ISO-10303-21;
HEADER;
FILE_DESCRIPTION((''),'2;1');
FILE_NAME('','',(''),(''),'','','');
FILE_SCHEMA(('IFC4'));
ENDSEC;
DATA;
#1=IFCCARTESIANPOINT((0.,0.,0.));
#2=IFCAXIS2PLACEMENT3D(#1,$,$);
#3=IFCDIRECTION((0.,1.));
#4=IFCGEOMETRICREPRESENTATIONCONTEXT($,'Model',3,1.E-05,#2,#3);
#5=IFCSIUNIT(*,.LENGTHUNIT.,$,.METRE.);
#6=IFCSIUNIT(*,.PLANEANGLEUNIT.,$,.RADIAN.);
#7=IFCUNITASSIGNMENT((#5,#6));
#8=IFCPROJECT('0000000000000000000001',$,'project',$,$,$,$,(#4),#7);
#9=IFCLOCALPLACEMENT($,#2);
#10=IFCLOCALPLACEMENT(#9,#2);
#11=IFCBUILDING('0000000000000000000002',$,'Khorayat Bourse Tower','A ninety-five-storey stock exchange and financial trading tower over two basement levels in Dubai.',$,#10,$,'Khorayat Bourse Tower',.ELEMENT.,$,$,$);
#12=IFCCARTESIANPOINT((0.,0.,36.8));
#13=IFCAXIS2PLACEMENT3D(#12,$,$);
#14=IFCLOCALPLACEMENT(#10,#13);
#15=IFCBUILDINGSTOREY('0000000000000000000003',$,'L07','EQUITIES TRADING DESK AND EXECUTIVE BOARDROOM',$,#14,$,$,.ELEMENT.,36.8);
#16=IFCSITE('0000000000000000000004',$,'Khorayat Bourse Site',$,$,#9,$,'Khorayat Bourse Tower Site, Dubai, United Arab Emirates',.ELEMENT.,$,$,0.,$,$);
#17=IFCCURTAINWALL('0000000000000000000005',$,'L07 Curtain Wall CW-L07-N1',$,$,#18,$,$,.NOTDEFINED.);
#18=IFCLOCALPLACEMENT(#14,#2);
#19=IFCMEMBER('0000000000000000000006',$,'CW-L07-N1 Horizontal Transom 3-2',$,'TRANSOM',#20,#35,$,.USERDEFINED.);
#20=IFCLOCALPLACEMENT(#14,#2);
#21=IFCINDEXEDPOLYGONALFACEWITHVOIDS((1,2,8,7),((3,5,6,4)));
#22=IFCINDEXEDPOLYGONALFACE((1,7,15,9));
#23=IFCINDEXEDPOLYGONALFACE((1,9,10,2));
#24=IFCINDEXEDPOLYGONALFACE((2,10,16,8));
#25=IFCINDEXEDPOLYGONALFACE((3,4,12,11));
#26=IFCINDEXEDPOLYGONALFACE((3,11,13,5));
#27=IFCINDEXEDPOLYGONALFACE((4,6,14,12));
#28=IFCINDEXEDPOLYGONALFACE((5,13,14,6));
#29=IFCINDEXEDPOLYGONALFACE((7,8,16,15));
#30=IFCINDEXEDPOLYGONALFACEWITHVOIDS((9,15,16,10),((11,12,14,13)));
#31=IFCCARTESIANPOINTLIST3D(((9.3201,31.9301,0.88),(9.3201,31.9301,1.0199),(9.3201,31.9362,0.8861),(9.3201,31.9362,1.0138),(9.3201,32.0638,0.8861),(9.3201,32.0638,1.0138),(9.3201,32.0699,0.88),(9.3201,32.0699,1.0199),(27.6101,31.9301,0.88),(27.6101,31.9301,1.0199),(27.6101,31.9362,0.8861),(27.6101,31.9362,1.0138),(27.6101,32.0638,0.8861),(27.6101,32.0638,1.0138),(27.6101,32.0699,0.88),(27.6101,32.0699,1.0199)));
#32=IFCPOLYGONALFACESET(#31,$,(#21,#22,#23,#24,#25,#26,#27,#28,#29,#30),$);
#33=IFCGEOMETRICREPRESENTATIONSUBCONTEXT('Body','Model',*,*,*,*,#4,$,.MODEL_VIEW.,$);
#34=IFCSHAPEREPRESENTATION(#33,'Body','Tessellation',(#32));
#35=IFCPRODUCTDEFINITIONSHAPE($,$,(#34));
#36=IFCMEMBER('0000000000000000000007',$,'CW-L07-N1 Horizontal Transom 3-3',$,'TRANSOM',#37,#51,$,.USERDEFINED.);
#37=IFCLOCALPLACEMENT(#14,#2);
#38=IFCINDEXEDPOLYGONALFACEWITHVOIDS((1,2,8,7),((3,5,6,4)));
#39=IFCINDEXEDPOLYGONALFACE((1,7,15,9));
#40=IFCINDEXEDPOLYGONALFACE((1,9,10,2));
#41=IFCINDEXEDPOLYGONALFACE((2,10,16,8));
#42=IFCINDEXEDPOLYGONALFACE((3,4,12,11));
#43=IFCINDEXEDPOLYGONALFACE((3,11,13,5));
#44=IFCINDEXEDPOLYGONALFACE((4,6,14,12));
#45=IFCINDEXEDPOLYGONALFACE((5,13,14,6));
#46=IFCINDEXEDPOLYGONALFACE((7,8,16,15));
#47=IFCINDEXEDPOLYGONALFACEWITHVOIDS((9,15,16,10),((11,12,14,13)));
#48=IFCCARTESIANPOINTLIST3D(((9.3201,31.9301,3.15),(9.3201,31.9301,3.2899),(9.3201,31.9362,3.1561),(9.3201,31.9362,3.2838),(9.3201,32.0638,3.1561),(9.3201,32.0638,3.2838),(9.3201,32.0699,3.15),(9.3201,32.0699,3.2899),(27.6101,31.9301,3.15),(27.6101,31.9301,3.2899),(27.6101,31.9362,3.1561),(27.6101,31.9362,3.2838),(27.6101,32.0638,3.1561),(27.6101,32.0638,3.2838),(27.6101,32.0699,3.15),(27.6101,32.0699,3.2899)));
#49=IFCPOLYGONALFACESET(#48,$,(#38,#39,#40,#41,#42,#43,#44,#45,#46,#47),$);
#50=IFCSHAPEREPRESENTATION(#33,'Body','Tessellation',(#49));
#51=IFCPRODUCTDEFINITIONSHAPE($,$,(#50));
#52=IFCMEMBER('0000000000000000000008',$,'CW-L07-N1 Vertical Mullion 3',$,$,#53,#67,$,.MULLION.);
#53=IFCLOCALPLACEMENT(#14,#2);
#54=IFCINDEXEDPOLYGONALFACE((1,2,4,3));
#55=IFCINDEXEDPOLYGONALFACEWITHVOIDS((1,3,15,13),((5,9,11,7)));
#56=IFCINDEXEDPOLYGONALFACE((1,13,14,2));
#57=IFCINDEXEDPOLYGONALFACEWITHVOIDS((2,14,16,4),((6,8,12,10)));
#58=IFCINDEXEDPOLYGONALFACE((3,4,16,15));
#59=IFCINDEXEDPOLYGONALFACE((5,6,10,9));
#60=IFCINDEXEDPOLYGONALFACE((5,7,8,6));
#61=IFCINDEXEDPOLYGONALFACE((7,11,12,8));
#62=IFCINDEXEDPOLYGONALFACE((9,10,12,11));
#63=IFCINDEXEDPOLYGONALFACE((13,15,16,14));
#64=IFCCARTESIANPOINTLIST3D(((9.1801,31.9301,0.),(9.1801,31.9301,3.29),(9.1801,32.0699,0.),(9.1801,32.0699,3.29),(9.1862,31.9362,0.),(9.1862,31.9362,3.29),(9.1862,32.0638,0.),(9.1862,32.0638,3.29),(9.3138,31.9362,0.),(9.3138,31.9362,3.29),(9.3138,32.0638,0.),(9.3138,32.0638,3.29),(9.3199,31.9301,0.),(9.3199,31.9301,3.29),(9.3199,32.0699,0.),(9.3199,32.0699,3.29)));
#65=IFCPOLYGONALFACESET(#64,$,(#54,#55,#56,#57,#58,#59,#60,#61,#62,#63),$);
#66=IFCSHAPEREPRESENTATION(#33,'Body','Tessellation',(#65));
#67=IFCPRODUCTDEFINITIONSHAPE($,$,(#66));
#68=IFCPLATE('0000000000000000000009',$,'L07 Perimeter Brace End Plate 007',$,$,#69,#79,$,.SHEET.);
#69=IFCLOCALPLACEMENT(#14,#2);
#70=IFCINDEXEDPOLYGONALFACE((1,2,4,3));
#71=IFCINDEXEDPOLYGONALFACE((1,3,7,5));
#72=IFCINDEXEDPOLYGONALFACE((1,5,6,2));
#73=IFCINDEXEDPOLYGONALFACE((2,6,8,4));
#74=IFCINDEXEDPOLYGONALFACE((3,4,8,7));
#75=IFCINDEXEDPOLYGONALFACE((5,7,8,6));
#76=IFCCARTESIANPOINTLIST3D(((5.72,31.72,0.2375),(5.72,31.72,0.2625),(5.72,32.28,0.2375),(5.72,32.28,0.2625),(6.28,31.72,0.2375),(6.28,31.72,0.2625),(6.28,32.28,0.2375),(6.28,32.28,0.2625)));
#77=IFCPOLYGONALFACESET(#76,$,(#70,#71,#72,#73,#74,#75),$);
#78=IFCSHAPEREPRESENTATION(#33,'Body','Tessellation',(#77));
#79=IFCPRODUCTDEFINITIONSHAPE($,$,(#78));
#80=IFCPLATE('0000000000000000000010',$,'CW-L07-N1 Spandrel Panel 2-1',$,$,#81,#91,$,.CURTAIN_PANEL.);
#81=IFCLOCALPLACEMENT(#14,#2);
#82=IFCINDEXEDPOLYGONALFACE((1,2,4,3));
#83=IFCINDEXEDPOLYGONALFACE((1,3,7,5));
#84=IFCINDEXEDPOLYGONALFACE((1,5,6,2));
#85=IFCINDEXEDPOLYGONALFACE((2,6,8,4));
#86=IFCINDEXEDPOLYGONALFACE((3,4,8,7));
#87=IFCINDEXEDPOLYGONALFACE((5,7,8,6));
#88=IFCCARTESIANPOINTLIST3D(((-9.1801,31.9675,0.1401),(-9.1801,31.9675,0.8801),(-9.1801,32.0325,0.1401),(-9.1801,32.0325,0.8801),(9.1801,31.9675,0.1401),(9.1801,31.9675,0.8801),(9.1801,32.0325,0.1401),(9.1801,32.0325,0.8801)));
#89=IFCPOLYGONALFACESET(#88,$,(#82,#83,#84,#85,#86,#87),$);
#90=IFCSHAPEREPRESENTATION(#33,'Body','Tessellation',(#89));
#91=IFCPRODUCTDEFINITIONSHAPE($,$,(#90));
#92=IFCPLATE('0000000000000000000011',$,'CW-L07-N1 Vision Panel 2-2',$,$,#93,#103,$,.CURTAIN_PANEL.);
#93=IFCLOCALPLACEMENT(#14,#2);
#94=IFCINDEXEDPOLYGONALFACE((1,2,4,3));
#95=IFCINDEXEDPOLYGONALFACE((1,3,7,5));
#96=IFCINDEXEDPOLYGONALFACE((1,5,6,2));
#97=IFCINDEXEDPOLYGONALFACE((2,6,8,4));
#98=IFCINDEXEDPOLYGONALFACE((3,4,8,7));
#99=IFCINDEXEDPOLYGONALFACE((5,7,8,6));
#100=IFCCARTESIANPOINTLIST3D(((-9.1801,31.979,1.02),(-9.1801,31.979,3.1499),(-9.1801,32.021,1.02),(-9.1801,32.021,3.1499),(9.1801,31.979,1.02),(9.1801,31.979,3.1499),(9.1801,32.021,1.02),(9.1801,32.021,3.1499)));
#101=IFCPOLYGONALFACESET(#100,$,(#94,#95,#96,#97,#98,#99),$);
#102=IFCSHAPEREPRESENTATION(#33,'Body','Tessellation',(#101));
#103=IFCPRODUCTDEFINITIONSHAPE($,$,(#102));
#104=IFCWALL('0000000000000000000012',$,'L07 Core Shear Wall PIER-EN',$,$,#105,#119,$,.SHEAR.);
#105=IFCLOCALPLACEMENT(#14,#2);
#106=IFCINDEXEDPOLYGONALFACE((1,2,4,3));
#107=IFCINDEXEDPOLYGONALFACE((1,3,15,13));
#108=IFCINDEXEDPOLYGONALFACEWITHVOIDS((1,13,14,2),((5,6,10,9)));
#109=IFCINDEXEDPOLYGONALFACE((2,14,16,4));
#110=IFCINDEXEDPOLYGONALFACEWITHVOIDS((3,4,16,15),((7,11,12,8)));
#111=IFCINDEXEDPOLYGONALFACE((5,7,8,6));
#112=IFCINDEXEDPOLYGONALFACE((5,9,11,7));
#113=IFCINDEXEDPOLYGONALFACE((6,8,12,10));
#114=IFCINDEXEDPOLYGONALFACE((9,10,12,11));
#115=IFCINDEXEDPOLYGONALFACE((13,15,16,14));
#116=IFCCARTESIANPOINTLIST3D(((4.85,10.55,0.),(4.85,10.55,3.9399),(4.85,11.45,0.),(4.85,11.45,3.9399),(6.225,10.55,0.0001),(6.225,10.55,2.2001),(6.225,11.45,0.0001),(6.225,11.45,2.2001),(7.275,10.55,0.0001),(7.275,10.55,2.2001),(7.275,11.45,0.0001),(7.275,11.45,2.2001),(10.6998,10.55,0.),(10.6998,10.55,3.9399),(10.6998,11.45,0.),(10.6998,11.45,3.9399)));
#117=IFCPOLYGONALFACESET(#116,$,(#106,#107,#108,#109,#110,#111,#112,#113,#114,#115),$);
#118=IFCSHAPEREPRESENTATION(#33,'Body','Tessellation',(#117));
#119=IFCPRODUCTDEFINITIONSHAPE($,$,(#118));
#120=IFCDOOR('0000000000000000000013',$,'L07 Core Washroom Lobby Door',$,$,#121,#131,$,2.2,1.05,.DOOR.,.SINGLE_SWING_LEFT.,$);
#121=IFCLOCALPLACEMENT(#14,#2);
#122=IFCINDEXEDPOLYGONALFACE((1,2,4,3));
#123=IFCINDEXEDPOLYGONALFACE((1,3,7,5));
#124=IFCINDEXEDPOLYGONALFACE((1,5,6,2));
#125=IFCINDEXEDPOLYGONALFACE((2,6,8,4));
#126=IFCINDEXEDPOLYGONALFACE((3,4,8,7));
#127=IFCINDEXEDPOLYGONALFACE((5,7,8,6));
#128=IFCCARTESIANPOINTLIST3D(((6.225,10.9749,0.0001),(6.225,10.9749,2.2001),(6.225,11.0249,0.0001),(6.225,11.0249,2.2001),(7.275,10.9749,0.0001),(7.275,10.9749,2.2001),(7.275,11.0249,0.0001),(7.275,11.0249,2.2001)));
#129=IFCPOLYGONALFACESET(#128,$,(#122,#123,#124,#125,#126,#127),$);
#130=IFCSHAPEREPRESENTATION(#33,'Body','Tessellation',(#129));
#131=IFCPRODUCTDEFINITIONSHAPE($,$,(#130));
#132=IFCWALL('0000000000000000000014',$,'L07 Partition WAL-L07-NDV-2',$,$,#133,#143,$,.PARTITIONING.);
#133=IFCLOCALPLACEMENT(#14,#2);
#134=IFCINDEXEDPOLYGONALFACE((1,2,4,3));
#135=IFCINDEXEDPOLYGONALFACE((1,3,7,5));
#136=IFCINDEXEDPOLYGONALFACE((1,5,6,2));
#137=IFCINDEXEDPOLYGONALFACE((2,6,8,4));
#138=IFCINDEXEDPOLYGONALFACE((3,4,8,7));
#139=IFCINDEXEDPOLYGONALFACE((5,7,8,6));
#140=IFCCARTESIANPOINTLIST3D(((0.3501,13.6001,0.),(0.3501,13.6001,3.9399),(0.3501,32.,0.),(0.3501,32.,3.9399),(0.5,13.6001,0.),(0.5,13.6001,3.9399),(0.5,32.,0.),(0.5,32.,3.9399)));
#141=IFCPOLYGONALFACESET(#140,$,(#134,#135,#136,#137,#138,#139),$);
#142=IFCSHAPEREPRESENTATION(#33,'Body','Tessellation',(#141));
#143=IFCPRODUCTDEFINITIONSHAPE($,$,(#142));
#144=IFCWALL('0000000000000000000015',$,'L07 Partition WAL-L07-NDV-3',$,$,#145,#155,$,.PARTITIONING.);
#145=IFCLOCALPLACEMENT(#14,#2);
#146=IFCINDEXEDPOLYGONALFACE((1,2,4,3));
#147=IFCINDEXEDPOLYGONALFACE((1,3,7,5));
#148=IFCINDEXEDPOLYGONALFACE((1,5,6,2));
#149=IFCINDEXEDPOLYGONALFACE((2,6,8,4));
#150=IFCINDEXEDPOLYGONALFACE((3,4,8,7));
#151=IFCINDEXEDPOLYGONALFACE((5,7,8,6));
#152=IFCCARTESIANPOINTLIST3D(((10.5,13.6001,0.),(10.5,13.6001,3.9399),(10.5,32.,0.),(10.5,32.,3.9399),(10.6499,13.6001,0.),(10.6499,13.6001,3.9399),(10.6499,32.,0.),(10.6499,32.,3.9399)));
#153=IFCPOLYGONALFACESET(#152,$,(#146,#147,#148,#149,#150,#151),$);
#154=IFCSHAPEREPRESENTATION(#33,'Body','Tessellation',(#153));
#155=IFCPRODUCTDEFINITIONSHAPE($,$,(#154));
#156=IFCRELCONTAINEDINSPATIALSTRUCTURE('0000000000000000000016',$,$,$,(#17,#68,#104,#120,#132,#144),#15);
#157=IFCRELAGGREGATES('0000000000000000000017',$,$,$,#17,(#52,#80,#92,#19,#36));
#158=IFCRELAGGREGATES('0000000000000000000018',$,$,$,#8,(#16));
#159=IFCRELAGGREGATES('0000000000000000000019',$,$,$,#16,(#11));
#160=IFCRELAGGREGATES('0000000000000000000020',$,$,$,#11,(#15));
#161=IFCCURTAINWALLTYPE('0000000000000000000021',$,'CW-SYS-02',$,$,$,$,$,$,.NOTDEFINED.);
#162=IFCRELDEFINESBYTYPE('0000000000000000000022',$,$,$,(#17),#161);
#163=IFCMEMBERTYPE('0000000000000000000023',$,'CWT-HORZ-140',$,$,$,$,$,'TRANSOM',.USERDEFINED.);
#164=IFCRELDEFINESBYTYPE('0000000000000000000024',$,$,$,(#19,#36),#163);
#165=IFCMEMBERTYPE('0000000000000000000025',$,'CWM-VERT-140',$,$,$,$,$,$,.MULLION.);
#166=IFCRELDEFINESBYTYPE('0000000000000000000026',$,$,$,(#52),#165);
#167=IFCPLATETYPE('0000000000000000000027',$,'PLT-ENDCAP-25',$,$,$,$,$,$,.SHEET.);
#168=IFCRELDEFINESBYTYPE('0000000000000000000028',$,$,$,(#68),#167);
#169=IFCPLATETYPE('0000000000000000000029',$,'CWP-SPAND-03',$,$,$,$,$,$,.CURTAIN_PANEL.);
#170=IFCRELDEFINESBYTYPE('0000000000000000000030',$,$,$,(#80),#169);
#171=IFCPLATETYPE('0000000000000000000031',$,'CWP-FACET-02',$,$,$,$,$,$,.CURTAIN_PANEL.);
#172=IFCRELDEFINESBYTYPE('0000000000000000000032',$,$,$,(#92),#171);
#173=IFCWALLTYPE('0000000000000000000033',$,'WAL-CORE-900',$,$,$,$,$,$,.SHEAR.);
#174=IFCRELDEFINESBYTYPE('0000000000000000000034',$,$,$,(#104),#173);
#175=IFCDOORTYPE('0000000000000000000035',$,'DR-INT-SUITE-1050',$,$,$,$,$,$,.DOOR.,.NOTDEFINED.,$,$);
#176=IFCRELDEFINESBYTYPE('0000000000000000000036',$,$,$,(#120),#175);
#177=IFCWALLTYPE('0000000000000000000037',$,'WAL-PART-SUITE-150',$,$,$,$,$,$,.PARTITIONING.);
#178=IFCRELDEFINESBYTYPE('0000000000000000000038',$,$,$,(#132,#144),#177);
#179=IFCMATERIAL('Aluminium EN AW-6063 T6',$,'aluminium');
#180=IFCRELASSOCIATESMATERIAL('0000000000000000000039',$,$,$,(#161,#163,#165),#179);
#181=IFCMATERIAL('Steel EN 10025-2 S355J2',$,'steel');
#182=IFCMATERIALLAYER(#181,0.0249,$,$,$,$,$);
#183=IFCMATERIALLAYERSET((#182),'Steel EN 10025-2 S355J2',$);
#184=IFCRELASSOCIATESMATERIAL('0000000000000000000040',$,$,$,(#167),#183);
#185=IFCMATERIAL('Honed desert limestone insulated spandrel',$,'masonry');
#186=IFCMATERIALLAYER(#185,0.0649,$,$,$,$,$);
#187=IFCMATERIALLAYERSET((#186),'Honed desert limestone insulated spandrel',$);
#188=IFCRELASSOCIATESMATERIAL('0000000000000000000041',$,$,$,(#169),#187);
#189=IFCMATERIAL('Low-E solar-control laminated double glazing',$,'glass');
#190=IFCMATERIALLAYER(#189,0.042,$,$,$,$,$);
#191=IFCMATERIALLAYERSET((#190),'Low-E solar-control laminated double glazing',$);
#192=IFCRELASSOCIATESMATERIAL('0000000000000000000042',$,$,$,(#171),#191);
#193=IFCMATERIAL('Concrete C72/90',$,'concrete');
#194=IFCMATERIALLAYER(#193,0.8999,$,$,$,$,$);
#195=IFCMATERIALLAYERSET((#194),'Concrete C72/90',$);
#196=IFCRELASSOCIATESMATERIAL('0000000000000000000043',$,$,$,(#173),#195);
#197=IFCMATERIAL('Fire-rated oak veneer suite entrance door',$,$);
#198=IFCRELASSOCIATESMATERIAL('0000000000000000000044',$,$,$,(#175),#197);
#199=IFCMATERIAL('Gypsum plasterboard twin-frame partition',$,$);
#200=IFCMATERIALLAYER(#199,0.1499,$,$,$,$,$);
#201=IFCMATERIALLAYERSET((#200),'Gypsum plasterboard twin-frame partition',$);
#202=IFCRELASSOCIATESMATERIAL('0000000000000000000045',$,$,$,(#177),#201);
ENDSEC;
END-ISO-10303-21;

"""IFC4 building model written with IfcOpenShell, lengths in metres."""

from ifc_helpers import new_model, si_unit, direction, frame, frame_2d, origin, origin_2d, place, context, subcontext, project, spatial, rectangle, hollow_rectangle, extrude, source, transform, mapped, material, layer, layer_set, material_profile, profile_set, type_object, element, fill, aggregate, save


model = new_model("IFC4")

# Units and contexts
model_context = context("Model", 3, precision=1e-05, world=origin(), true_north=direction((0.0, 1.0)))
body_context = subcontext(model_context, "Body", "Model", "MODEL_VIEW")
ifc_project = project(units=[si_unit("LENGTHUNIT", "METRE"), si_unit("PLANEANGLEUNIT", "RADIAN")], contexts=[model_context])

# Site, building, storey
site_placement = place(None, origin())
site = spatial("IfcSite", under=ifc_project, at=site_placement, Name="Khorayat Bourse Site", LongName="Khorayat Bourse Tower Site, Dubai, United Arab Emirates", CompositionType="ELEMENT", RefElevation=0.0)
building_placement = place(site_placement, origin())
building = spatial("IfcBuilding", under=site, at=building_placement, Name="Khorayat Bourse Tower", Description="A ninety-five-storey stock exchange and financial trading tower over two basement levels in Dubai.", LongName="Khorayat Bourse Tower", CompositionType="ELEMENT")
storey_placement = place(building_placement, frame((0.0, 0.0, 36.8)))
storey = spatial("IfcBuildingStorey", under=building, at=storey_placement, Name="L07", Description="EQUITIES TRADING DESK AND EXECUTIVE BOARDROOM", CompositionType="ELEMENT", Elevation=36.8)

# Shared definitions
ifc_material_1 = material(Name="Concrete C72/90", Category="concrete")

# Curtain wall, members
ifc_material_2 = material(Name="Aluminium EN AW-6063 T6", Category="aluminium")
curtain_wall_type = type_object("IfcCurtainWallType", Name="CW-SYS-02", PredefinedType="NOTDEFINED", material=ifc_material_2)
curtain_wall_placement = place(storey_placement, origin())
curtain_wall = element("IfcCurtainWall", 1, at=curtain_wall_placement, inside=storey, type_object=curtain_wall_type, Name="L07 Curtain Wall CW-L07-N1", PredefinedType="NOTDEFINED")
ifc_material_profile_1 = material_profile(ifc_material_2, hollow_rectangle(XDim=0.1399, YDim=0.1399, WallThickness=0.0061, at=origin_2d()), Name="ALU 140x140x6")
ifc_profile_set_1 = profile_set([ifc_material_profile_1], Name="Aluminium EN AW-6063 T6")
member_type_1 = type_object("IfcMemberType", Name="CWT-HORZ-140", ElementType="TRANSOM", PredefinedType="USERDEFINED", material=ifc_profile_set_1)
shared_shape_1 = source(origin(), body_context, "Body", "SweptSolid", [
    extrude(hollow_rectangle(XDim=0.1399, YDim=0.1399, WallThickness=0.0061, at=origin_2d()), origin(), (0.0, 0.0, 1.0), 18.29),
])
member_1_placement = place(storey_placement, frame((9.3201, 32.0, 0.95), z_axis=(1.0, 0.0, 0.0), x_axis=(0.0, 1.0, 0.0)))
member_1 = element("IfcMember", 2, at=member_1_placement, type_object=member_type_1, Name="CW-L07-N1 Horizontal Transom 3-2", ObjectType="TRANSOM", PredefinedType="USERDEFINED", context=body_context, shape_type="MappedRepresentation", body=[
    mapped(shared_shape_1, transform((0.0, 0.0, 0.0), scale=1.0)),
])
member_2_placement = place(storey_placement, frame((9.3201, 32.0, 3.22), z_axis=(1.0, 0.0, 0.0), x_axis=(0.0, 1.0, 0.0)))
member_2 = element("IfcMember", 3, at=member_2_placement, type_object=member_type_1, Name="CW-L07-N1 Horizontal Transom 3-3", ObjectType="TRANSOM", PredefinedType="USERDEFINED", context=body_context, shape_type="MappedRepresentation", body=[
    mapped(shared_shape_1, transform((0.0, 0.0, 0.0), scale=1.0)),
])
ifc_material_profile_2 = material_profile(ifc_material_2, hollow_rectangle(XDim=0.1399, YDim=0.1399, WallThickness=0.0061, at=origin_2d()), Name="ALU 140x140x6")
ifc_profile_set_2 = profile_set([ifc_material_profile_2], Name="Aluminium EN AW-6063 T6")
member_type_2 = type_object("IfcMemberType", Name="CWM-VERT-140", PredefinedType="MULLION", material=ifc_profile_set_2)
shared_shape_2 = source(origin(), body_context, "Body", "SweptSolid", [
    extrude(hollow_rectangle(XDim=0.1399, YDim=0.1399, WallThickness=0.0061, at=origin_2d()), origin(), (0.0, 0.0, 1.0), 3.29),
])
member_3_placement = place(storey_placement, frame((9.25, 32.0, 0.0), z_axis=(0.0, 0.0, 1.0), x_axis=(0.0, 1.0, 0.0)))
member_3 = element("IfcMember", 4, at=member_3_placement, type_object=member_type_2, Name="CW-L07-N1 Vertical Mullion 3", PredefinedType="MULLION", context=body_context, shape_type="MappedRepresentation", body=[
    mapped(shared_shape_2, transform((0.0, 0.0, 0.0), scale=1.0)),
])

# Plates
ifc_material_3 = material(Name="Steel EN 10025-2 S355J2", Category="steel")
ifc_layer_1 = layer(ifc_material_3, 0.0249)
ifc_layer_set_1 = layer_set([ifc_layer_1], Name="Steel EN 10025-2 S355J2")
plate_type_1 = type_object("IfcPlateType", Name="PLT-ENDCAP-25", PredefinedType="SHEET", material=ifc_layer_set_1)
shared_shape_3 = source(origin(), body_context, "Body", "SweptSolid", [
    extrude(rectangle(XDim=0.5601, YDim=0.5601, at=origin_2d()), origin(), (0.0, 0.0, 1.0), 0.0249),
])
plate_1_placement = place(storey_placement, frame((6.0, 32.0, 0.2375), z_axis=(0.0, 0.0, 1.0), x_axis=(1.0, 0.0, 0.0)))
element("IfcPlate", 5, at=plate_1_placement, inside=storey, type_object=plate_type_1, Name="L07 Perimeter Brace End Plate 007", PredefinedType="SHEET", context=body_context, shape_type="MappedRepresentation", body=[
    mapped(shared_shape_3, transform((0.0, 0.0, 0.0), scale=1.0)),
])
ifc_material_4 = material(Name="Honed desert limestone insulated spandrel", Category="masonry")
ifc_layer_2 = layer(ifc_material_4, 0.0649)
ifc_layer_set_2 = layer_set([ifc_layer_2], Name="Honed desert limestone insulated spandrel")
plate_type_2 = type_object("IfcPlateType", Name="CWP-SPAND-03", PredefinedType="CURTAIN_PANEL", material=ifc_layer_set_2)
shared_shape_4 = source(origin(), body_context, "Body", "SweptSolid", [
    extrude(rectangle(XDim=18.3601, YDim=0.0649, at=origin_2d()), origin(), (0.0, 0.0, 1.0), 0.74),
])
plate_2_placement = place(storey_placement, frame((0.0, 32.0, 0.1401), z_axis=(0.0, 0.0, 1.0), x_axis=(1.0, 0.0, 0.0)))
plate_2 = element("IfcPlate", 6, at=plate_2_placement, type_object=plate_type_2, Name="CW-L07-N1 Spandrel Panel 2-1", PredefinedType="CURTAIN_PANEL", context=body_context, shape_type="MappedRepresentation", body=[
    mapped(shared_shape_4, transform((0.0, 0.0, 0.0), scale=1.0)),
])
ifc_material_5 = material(Name="Low-E solar-control laminated double glazing", Category="glass")
ifc_layer_3 = layer(ifc_material_5, 0.042)
ifc_layer_set_3 = layer_set([ifc_layer_3], Name="Low-E solar-control laminated double glazing")
plate_type_3 = type_object("IfcPlateType", Name="CWP-FACET-02", PredefinedType="CURTAIN_PANEL", material=ifc_layer_set_3)
shared_shape_5 = source(origin(), body_context, "Body", "SweptSolid", [
    extrude(rectangle(XDim=18.3601, YDim=0.042, at=origin_2d()), origin(), (0.0, 0.0, 1.0), 2.1299),
])
plate_3_placement = place(storey_placement, frame((0.0, 32.0, 1.02), z_axis=(0.0, 0.0, 1.0), x_axis=(1.0, 0.0, 0.0)))
plate_3 = element("IfcPlate", 7, at=plate_3_placement, type_object=plate_type_3, Name="CW-L07-N1 Vision Panel 2-2", PredefinedType="CURTAIN_PANEL", context=body_context, shape_type="MappedRepresentation", body=[
    mapped(shared_shape_5, transform((0.0, 0.0, 0.0), scale=1.0)),
])
aggregate(curtain_wall, [member_3, plate_2, plate_3, member_1, member_2])

# Wall, opening, door
ifc_layer_4 = layer(ifc_material_1, 0.8999)
ifc_layer_set_4 = layer_set([ifc_layer_4], Name="Concrete C72/90")
wall_type_1 = type_object("IfcWallType", Name="WAL-CORE-900", PredefinedType="SHEAR", material=ifc_layer_set_4)
shared_shape_6 = source(origin(), body_context, "Body", "SweptSolid", [
    extrude(rectangle(XDim=5.8499, YDim=0.8999, at=frame_2d((2.9248, 0.0))), origin(), (0.0, 0.0, 1.0), 3.9399),
])
wall_1_placement = place(storey_placement, frame((4.8501, 11.0, 0.0), z_axis=(0.0, 0.0, 1.0), x_axis=(1.0, 0.0, 0.0)))
wall_1 = element("IfcWall", 8, at=wall_1_placement, inside=storey, type_object=wall_type_1, Name="L07 Core Shear Wall PIER-EN", PredefinedType="SHEAR", context=body_context, shape_type="MappedRepresentation", body=[
    mapped(shared_shape_6, transform((0.0, 0.0, 0.0), scale=1.0)),
])
shared_shape_7 = source(origin(), body_context, "Body", "SweptSolid", [
    extrude(rectangle(XDim=1.05, YDim=2.2, at=frame_2d((0.5249, 1.1001))), frame((0.0, 0.46, 0.0), z_axis=(0.0, -1.0, 0.0), x_axis=(1.0, 0.0, 0.0)), (0.0, 0.0, 1.0), 0.9199),
])
opening_1_placement = place(wall_1_placement, frame((1.375, 0.0, 0.0)))
opening_1 = element("IfcOpeningElement", 9, at=opening_1_placement, cuts=wall_1, PredefinedType="OPENING", context=body_context, shape_type="MappedRepresentation", body=[
    mapped(shared_shape_7, transform((0.0, 0.0, 0.0), scale=1.0)),
])
ifc_material_6 = material(Name="Fire-rated oak veneer suite entrance door")
door_type_1 = type_object("IfcDoorType", Name="DR-INT-SUITE-1050", OperationType="NOTDEFINED", PredefinedType="DOOR", material=ifc_material_6)
shared_shape_8 = source(origin(), body_context, "Body", "SweptSolid", [
    extrude(rectangle(XDim=1.05, YDim=2.2, at=frame_2d((0.5249, 1.1001))), frame((0.0, 0.0249, 0.0), z_axis=(0.0, -1.0, 0.0), x_axis=(1.0, 0.0, 0.0)), (0.0, 0.0, 1.0), 0.05),
])
door_1_placement = place(opening_1_placement, origin())
door_1 = element("IfcDoor", 10, at=door_1_placement, inside=storey, type_object=door_type_1, Name="L07 Core Washroom Lobby Door", OperationType="SINGLE_SWING_LEFT", OverallHeight=2.2, OverallWidth=1.05, PredefinedType="DOOR", context=body_context, shape_type="MappedRepresentation", body=[
    mapped(shared_shape_8, transform((0.0, 0.0, 0.0), scale=1.0)),
])
fill(opening_1, door_1)

# Walls
ifc_material_7 = material(Name="Gypsum plasterboard twin-frame partition")
ifc_layer_5 = layer(ifc_material_7, 0.1499)
ifc_layer_set_5 = layer_set([ifc_layer_5], Name="Gypsum plasterboard twin-frame partition")
wall_type_2 = type_object("IfcWallType", Name="WAL-PART-SUITE-150", PredefinedType="PARTITIONING", material=ifc_layer_set_5)
shared_shape_9 = source(origin(), body_context, "Body", "SweptSolid", [
    extrude(rectangle(XDim=18.3999, YDim=0.1499, at=frame_2d((9.2, 0.0))), origin(), (0.0, 0.0, 1.0), 3.9399),
])
for number, where, z_axis, x_axis, name in (
    (11, (0.425, 13.6001, 0.0), (0.0, 0.0, 1.0), (0.0, 1.0, 0.0), "L07 Partition WAL-L07-NDV-2"),
    (12, (10.575, 13.6001, 0.0), (0.0, 0.0, 1.0), (0.0, 1.0, 0.0), "L07 Partition WAL-L07-NDV-3"),
):
    element("IfcWall", number, at=place(storey_placement, frame(where, z_axis=z_axis, x_axis=x_axis)), inside=storey, type_object=wall_type_2, Name=name, PredefinedType="PARTITIONING", context=body_context, shape_type="MappedRepresentation", body=[
        mapped(shared_shape_9, transform((0.0, 0.0, 0.0), scale=1.0)),
    ])

save(model, "model.ifc")
